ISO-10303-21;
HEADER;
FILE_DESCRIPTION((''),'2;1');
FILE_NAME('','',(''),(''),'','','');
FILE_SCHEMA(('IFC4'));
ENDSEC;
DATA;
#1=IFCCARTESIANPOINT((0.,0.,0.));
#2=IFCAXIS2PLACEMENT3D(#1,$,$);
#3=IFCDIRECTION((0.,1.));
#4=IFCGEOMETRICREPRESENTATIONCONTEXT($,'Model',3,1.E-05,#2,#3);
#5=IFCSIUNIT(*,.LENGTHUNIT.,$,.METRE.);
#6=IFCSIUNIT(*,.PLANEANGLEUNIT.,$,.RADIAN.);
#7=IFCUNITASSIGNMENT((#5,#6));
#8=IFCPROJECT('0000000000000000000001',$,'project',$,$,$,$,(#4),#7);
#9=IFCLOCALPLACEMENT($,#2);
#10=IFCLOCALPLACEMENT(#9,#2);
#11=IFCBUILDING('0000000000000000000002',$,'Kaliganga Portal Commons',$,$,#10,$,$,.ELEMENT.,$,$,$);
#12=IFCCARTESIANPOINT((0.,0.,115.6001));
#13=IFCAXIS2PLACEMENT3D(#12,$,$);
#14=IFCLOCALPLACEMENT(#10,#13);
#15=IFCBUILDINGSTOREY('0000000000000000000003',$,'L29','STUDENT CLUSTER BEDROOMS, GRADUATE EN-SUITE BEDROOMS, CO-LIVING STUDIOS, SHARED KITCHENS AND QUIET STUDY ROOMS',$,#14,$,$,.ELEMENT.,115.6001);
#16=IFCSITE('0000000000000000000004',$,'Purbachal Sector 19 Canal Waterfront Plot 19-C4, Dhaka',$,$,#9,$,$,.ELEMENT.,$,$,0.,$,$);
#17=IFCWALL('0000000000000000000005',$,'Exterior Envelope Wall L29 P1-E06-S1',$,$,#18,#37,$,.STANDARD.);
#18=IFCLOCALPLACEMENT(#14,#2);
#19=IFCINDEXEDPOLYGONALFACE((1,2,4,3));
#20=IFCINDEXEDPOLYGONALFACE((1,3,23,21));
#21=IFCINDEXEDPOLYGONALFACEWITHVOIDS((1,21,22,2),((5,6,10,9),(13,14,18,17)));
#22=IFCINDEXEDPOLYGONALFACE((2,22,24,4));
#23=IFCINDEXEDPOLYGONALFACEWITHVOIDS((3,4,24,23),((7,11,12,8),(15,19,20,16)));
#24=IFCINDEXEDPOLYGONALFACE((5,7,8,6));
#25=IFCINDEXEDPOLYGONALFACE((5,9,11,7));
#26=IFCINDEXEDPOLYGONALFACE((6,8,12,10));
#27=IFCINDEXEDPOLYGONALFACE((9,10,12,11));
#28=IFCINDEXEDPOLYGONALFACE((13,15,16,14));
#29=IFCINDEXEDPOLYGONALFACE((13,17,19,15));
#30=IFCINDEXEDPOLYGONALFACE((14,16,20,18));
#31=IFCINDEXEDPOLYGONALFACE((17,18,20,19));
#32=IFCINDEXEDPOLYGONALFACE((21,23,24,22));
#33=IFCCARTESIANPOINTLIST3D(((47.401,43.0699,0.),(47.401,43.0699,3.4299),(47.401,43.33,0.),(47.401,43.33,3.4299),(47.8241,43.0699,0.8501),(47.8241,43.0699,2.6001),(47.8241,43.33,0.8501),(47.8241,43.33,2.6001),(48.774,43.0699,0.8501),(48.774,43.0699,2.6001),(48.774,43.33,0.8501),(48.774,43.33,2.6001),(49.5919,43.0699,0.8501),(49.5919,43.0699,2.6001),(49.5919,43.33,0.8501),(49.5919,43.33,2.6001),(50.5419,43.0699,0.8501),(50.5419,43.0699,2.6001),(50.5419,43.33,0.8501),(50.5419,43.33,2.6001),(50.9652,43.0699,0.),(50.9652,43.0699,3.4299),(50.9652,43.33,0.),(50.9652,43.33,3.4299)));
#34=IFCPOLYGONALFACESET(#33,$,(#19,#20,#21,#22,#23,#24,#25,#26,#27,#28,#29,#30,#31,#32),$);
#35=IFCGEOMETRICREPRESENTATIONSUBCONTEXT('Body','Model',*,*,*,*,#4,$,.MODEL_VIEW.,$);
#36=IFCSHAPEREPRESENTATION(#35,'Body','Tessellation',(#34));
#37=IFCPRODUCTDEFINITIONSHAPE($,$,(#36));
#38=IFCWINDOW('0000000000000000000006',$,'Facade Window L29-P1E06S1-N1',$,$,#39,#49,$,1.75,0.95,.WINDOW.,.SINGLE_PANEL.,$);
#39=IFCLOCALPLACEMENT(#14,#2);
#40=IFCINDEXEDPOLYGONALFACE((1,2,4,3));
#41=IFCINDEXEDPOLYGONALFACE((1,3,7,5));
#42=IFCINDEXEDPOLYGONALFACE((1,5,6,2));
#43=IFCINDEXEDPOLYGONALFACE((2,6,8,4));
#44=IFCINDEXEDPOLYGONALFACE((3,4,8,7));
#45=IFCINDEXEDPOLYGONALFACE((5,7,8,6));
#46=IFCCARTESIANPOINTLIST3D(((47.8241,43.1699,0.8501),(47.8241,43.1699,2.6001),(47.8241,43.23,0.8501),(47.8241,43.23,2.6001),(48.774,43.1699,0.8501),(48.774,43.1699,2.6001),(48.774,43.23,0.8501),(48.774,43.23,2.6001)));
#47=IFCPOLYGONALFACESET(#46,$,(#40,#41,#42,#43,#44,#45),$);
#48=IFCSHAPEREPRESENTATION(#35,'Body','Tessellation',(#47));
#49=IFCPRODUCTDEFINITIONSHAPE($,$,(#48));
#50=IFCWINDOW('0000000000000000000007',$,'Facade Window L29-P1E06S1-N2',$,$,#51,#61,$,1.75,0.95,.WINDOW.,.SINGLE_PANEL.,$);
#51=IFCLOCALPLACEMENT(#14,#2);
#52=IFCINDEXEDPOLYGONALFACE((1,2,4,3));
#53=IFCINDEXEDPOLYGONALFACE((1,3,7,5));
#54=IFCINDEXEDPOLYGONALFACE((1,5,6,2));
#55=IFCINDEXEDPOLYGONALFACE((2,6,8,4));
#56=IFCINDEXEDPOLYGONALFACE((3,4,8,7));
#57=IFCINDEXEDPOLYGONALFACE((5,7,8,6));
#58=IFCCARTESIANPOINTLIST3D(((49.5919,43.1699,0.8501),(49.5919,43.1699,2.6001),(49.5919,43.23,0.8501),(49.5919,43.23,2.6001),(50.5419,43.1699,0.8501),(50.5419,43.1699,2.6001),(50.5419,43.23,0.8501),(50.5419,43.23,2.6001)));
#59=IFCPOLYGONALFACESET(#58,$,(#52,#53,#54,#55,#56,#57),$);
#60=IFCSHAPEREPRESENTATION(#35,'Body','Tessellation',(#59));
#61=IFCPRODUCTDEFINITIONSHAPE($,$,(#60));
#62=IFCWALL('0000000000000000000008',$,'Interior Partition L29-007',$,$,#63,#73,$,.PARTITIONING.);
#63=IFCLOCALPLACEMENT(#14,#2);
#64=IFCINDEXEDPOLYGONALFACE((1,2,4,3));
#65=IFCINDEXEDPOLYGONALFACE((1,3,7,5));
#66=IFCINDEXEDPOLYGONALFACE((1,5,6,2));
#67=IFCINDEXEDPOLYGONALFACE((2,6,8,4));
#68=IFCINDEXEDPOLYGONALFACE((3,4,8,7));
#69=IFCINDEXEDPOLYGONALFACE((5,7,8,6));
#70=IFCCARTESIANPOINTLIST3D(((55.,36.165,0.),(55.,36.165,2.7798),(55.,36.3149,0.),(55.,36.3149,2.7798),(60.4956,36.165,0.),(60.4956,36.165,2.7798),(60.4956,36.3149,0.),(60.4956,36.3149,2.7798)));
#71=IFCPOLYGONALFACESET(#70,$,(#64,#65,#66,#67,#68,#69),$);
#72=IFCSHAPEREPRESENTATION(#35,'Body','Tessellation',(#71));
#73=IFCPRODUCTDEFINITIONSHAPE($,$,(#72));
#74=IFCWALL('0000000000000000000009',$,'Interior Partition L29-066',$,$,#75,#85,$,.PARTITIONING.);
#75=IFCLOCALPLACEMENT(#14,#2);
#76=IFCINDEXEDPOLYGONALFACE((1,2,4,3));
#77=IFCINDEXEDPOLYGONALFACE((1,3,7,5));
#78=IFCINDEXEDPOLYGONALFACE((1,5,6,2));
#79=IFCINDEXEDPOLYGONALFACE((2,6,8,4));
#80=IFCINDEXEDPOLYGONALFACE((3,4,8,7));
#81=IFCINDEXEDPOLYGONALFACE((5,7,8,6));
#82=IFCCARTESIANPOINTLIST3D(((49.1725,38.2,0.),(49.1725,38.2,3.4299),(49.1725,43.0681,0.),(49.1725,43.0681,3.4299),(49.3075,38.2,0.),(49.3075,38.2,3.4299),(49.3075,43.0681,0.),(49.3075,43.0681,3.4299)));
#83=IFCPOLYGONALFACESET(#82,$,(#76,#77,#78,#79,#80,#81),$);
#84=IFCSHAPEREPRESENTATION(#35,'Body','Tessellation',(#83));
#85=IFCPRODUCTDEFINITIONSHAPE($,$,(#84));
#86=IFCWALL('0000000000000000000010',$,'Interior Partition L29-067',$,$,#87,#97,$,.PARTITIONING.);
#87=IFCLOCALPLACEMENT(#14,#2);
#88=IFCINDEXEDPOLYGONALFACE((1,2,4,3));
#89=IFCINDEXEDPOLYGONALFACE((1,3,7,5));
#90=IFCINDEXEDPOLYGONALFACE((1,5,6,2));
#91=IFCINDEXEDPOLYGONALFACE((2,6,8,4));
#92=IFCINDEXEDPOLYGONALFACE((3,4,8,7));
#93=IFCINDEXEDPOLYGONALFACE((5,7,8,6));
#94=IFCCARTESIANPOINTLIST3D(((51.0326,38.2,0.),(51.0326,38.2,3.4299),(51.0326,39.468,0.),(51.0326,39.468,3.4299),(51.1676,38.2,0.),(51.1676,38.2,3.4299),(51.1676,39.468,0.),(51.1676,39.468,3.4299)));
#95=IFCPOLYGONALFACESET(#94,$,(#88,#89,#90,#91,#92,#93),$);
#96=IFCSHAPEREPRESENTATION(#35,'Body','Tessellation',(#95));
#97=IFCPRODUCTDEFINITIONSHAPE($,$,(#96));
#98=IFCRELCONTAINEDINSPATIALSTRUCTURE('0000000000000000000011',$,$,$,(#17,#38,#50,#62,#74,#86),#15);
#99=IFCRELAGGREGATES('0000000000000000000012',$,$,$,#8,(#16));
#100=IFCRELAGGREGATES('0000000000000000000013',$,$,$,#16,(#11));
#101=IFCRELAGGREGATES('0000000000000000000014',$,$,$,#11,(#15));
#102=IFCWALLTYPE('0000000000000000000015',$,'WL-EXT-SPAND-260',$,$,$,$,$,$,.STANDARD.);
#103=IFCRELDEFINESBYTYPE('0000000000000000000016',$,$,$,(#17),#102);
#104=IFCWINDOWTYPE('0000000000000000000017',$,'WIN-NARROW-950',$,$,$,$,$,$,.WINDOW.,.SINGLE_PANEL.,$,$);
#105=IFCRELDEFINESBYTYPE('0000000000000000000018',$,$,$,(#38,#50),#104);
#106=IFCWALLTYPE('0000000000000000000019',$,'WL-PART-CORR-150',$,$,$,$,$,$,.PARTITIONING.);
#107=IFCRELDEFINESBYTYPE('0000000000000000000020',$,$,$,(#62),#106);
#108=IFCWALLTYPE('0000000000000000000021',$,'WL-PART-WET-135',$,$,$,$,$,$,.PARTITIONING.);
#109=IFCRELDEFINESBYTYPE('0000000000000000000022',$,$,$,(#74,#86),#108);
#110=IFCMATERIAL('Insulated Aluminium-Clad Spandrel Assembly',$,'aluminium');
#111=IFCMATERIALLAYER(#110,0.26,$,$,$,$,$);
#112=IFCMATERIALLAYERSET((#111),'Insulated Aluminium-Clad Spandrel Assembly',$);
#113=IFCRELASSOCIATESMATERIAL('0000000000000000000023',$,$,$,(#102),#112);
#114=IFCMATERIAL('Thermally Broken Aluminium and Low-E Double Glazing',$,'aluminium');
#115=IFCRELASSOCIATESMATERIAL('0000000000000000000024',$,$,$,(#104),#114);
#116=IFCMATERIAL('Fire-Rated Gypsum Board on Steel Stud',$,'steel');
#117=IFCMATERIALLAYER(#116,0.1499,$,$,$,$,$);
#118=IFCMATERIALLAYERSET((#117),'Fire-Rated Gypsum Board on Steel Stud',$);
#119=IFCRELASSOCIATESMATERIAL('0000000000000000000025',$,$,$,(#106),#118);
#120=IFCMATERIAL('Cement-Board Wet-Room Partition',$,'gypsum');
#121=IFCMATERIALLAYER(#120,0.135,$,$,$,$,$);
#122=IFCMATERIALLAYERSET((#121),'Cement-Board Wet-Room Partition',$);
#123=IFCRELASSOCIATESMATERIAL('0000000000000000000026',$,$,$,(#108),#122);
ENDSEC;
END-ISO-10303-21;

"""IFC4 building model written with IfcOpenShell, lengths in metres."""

from ifc_helpers import new_model, si_unit, direction, frame, frame_2d, origin, place, context, subcontext, project, spatial, rectangle, extrude, material, layer, layer_set, type_object, element, fill, save


model = new_model("IFC4")

# Units and contexts
model_context = context("Model", 3, precision=1e-05, world=origin(), true_north=direction((0.0, 1.0)))
body_context = subcontext(model_context, "Body", "Model", "MODEL_VIEW")
ifc_project = project(units=[si_unit("LENGTHUNIT", "METRE"), si_unit("PLANEANGLEUNIT", "RADIAN")], contexts=[model_context])

# Site, building, storey
site_placement = place(None, origin())
site = spatial("IfcSite", under=ifc_project, at=site_placement, Name="Purbachal Sector 19 Canal Waterfront Plot 19-C4, Dhaka", CompositionType="ELEMENT", RefElevation=0.0)
building_placement = place(site_placement, origin())
building = spatial("IfcBuilding", under=site, at=building_placement, Name="Kaliganga Portal Commons", CompositionType="ELEMENT")
storey_placement = place(building_placement, frame((0.0, 0.0, 115.6001)))
storey = spatial("IfcBuildingStorey", under=building, at=storey_placement, Name="L29", Description="STUDENT CLUSTER BEDROOMS, GRADUATE EN-SUITE BEDROOMS, CO-LIVING STUDIOS, SHARED KITCHENS AND QUIET STUDY ROOMS", CompositionType="ELEMENT", Elevation=115.6001)

# Shared definitions
ifc_material_1 = material(Name="Insulated Aluminium-Clad Spandrel Assembly", Category="aluminium")
ifc_layer_1 = layer(ifc_material_1, 0.26)
ifc_layer_set_1 = layer_set([ifc_layer_1], Name="Insulated Aluminium-Clad Spandrel Assembly")
wall_type_1 = type_object("IfcWallType", Name="WL-EXT-SPAND-260", PredefinedType="STANDARD", material=ifc_layer_set_1)
ifc_material_2 = material(Name="Thermally Broken Aluminium and Low-E Double Glazing", Category="aluminium")
window_type_1 = type_object("IfcWindowType", Name="WIN-NARROW-950", PartitioningType="SINGLE_PANEL", PredefinedType="WINDOW", material=ifc_material_2)

# Wall, openings, windows
wall_1_placement = place(storey_placement, frame((47.4009, 43.2, 0.0), z_axis=(0.0, 0.0, 1.0), x_axis=(1.0, 0.0, 0.0)))
wall_1 = element("IfcWall", 1, at=wall_1_placement, inside=storey, type_object=wall_type_1, Name="Exterior Envelope Wall L29 P1-E06-S1", PredefinedType="STANDARD", context=body_context, shape_type="SweptSolid", body=[
    extrude(rectangle(XDim=3.5642, YDim=0.26, at=frame_2d((1.7822, 0.0))), origin(), (0.0, 0.0, 1.0), 3.4299),
])
opening_1_placement = place(wall_1_placement, frame((0.4231, 0.0, 0.8501)))
opening_1 = element("IfcOpeningElement", 2, at=opening_1_placement, cuts=wall_1, PredefinedType="OPENING", context=body_context, shape_type="SweptSolid", body=[
    extrude(rectangle(XDim=0.95, YDim=1.75, at=frame_2d((0.4751, 0.875))), frame((0.0, 0.1401, 0.0), z_axis=(0.0, -1.0, 0.0), x_axis=(1.0, 0.0, 0.0)), (0.0, 0.0, 1.0), 0.28),
])
opening_2_placement = place(wall_1_placement, frame((2.1909, 0.0, 0.8501)))
opening_2 = element("IfcOpeningElement", 3, at=opening_2_placement, cuts=wall_1, PredefinedType="OPENING", context=body_context, shape_type="SweptSolid", body=[
    extrude(rectangle(XDim=0.95, YDim=1.75, at=frame_2d((0.4751, 0.875))), frame((0.0, 0.1401, 0.0), z_axis=(0.0, -1.0, 0.0), x_axis=(1.0, 0.0, 0.0)), (0.0, 0.0, 1.0), 0.28),
])
window_1_placement = place(opening_1_placement, origin())
window_1 = element("IfcWindow", 4, at=window_1_placement, inside=storey, type_object=window_type_1, Name="Facade Window L29-P1E06S1-N1", OverallHeight=1.75, OverallWidth=0.95, PartitioningType="SINGLE_PANEL", PredefinedType="WINDOW", context=body_context, shape_type="SweptSolid", body=[
    extrude(rectangle(XDim=0.95, YDim=1.75, at=frame_2d((0.4751, 0.875))), frame((0.0, 0.03, 0.0), z_axis=(0.0, -1.0, 0.0), x_axis=(1.0, 0.0, 0.0)), (0.0, 0.0, 1.0), 0.0601),
])
fill(opening_1, window_1)
window_2_placement = place(opening_2_placement, origin())
window_2 = element("IfcWindow", 5, at=window_2_placement, inside=storey, type_object=window_type_1, Name="Facade Window L29-P1E06S1-N2", OverallHeight=1.75, OverallWidth=0.95, PartitioningType="SINGLE_PANEL", PredefinedType="WINDOW", context=body_context, shape_type="SweptSolid", body=[
    extrude(rectangle(XDim=0.95, YDim=1.75, at=frame_2d((0.4751, 0.875))), frame((0.0, 0.03, 0.0), z_axis=(0.0, -1.0, 0.0), x_axis=(1.0, 0.0, 0.0)), (0.0, 0.0, 1.0), 0.0601),
])
fill(opening_2, window_2)

# Shared definitions
ifc_material_3 = material(Name="Fire-Rated Gypsum Board on Steel Stud", Category="steel")
ifc_layer_2 = layer(ifc_material_3, 0.1499)
ifc_layer_set_2 = layer_set([ifc_layer_2], Name="Fire-Rated Gypsum Board on Steel Stud")
wall_type_2 = type_object("IfcWallType", Name="WL-PART-CORR-150", PredefinedType="PARTITIONING", material=ifc_layer_set_2)

# Wall
wall_2_placement = place(storey_placement, frame((55.0, 36.24, 0.0), z_axis=(0.0, 0.0, 1.0), x_axis=(1.0, 0.0, 0.0)))
element("IfcWall", 6, at=wall_2_placement, inside=storey, type_object=wall_type_2, Name="Interior Partition L29-007", PredefinedType="PARTITIONING", context=body_context, shape_type="SweptSolid", body=[
    extrude(rectangle(XDim=5.4956, YDim=0.1499, at=frame_2d((2.7478, 0.0))), origin(), (0.0, 0.0, 1.0), 2.7798),
])

# Walls
ifc_material_4 = material(Name="Cement-Board Wet-Room Partition", Category="gypsum")
ifc_layer_3 = layer(ifc_material_4, 0.135)
ifc_layer_set_3 = layer_set([ifc_layer_3], Name="Cement-Board Wet-Room Partition")
wall_type_3 = type_object("IfcWallType", Name="WL-PART-WET-135", PredefinedType="PARTITIONING", material=ifc_layer_set_3)
wall_3_placement = place(storey_placement, frame((49.24, 38.2, 0.0), z_axis=(0.0, 0.0, 1.0), x_axis=(0.0, 1.0, 0.0)))
element("IfcWall", 7, at=wall_3_placement, inside=storey, type_object=wall_type_3, Name="Interior Partition L29-066", PredefinedType="PARTITIONING", context=body_context, shape_type="SweptSolid", body=[
    extrude(rectangle(XDim=4.8682, YDim=0.135, at=frame_2d((2.4341, 0.0))), origin(), (0.0, 0.0, 1.0), 3.4299),
])
wall_4_placement = place(storey_placement, frame((51.1001, 38.2, 0.0), z_axis=(0.0, 0.0, 1.0), x_axis=(0.0, 1.0, 0.0)))
element("IfcWall", 8, at=wall_4_placement, inside=storey, type_object=wall_type_3, Name="Interior Partition L29-067", PredefinedType="PARTITIONING", context=body_context, shape_type="SweptSolid", body=[
    extrude(rectangle(XDim=1.2681, YDim=0.135, at=frame_2d((0.634, 0.0))), origin(), (0.0, 0.0, 1.0), 3.4299),
])

save(model, "model.ifc")
